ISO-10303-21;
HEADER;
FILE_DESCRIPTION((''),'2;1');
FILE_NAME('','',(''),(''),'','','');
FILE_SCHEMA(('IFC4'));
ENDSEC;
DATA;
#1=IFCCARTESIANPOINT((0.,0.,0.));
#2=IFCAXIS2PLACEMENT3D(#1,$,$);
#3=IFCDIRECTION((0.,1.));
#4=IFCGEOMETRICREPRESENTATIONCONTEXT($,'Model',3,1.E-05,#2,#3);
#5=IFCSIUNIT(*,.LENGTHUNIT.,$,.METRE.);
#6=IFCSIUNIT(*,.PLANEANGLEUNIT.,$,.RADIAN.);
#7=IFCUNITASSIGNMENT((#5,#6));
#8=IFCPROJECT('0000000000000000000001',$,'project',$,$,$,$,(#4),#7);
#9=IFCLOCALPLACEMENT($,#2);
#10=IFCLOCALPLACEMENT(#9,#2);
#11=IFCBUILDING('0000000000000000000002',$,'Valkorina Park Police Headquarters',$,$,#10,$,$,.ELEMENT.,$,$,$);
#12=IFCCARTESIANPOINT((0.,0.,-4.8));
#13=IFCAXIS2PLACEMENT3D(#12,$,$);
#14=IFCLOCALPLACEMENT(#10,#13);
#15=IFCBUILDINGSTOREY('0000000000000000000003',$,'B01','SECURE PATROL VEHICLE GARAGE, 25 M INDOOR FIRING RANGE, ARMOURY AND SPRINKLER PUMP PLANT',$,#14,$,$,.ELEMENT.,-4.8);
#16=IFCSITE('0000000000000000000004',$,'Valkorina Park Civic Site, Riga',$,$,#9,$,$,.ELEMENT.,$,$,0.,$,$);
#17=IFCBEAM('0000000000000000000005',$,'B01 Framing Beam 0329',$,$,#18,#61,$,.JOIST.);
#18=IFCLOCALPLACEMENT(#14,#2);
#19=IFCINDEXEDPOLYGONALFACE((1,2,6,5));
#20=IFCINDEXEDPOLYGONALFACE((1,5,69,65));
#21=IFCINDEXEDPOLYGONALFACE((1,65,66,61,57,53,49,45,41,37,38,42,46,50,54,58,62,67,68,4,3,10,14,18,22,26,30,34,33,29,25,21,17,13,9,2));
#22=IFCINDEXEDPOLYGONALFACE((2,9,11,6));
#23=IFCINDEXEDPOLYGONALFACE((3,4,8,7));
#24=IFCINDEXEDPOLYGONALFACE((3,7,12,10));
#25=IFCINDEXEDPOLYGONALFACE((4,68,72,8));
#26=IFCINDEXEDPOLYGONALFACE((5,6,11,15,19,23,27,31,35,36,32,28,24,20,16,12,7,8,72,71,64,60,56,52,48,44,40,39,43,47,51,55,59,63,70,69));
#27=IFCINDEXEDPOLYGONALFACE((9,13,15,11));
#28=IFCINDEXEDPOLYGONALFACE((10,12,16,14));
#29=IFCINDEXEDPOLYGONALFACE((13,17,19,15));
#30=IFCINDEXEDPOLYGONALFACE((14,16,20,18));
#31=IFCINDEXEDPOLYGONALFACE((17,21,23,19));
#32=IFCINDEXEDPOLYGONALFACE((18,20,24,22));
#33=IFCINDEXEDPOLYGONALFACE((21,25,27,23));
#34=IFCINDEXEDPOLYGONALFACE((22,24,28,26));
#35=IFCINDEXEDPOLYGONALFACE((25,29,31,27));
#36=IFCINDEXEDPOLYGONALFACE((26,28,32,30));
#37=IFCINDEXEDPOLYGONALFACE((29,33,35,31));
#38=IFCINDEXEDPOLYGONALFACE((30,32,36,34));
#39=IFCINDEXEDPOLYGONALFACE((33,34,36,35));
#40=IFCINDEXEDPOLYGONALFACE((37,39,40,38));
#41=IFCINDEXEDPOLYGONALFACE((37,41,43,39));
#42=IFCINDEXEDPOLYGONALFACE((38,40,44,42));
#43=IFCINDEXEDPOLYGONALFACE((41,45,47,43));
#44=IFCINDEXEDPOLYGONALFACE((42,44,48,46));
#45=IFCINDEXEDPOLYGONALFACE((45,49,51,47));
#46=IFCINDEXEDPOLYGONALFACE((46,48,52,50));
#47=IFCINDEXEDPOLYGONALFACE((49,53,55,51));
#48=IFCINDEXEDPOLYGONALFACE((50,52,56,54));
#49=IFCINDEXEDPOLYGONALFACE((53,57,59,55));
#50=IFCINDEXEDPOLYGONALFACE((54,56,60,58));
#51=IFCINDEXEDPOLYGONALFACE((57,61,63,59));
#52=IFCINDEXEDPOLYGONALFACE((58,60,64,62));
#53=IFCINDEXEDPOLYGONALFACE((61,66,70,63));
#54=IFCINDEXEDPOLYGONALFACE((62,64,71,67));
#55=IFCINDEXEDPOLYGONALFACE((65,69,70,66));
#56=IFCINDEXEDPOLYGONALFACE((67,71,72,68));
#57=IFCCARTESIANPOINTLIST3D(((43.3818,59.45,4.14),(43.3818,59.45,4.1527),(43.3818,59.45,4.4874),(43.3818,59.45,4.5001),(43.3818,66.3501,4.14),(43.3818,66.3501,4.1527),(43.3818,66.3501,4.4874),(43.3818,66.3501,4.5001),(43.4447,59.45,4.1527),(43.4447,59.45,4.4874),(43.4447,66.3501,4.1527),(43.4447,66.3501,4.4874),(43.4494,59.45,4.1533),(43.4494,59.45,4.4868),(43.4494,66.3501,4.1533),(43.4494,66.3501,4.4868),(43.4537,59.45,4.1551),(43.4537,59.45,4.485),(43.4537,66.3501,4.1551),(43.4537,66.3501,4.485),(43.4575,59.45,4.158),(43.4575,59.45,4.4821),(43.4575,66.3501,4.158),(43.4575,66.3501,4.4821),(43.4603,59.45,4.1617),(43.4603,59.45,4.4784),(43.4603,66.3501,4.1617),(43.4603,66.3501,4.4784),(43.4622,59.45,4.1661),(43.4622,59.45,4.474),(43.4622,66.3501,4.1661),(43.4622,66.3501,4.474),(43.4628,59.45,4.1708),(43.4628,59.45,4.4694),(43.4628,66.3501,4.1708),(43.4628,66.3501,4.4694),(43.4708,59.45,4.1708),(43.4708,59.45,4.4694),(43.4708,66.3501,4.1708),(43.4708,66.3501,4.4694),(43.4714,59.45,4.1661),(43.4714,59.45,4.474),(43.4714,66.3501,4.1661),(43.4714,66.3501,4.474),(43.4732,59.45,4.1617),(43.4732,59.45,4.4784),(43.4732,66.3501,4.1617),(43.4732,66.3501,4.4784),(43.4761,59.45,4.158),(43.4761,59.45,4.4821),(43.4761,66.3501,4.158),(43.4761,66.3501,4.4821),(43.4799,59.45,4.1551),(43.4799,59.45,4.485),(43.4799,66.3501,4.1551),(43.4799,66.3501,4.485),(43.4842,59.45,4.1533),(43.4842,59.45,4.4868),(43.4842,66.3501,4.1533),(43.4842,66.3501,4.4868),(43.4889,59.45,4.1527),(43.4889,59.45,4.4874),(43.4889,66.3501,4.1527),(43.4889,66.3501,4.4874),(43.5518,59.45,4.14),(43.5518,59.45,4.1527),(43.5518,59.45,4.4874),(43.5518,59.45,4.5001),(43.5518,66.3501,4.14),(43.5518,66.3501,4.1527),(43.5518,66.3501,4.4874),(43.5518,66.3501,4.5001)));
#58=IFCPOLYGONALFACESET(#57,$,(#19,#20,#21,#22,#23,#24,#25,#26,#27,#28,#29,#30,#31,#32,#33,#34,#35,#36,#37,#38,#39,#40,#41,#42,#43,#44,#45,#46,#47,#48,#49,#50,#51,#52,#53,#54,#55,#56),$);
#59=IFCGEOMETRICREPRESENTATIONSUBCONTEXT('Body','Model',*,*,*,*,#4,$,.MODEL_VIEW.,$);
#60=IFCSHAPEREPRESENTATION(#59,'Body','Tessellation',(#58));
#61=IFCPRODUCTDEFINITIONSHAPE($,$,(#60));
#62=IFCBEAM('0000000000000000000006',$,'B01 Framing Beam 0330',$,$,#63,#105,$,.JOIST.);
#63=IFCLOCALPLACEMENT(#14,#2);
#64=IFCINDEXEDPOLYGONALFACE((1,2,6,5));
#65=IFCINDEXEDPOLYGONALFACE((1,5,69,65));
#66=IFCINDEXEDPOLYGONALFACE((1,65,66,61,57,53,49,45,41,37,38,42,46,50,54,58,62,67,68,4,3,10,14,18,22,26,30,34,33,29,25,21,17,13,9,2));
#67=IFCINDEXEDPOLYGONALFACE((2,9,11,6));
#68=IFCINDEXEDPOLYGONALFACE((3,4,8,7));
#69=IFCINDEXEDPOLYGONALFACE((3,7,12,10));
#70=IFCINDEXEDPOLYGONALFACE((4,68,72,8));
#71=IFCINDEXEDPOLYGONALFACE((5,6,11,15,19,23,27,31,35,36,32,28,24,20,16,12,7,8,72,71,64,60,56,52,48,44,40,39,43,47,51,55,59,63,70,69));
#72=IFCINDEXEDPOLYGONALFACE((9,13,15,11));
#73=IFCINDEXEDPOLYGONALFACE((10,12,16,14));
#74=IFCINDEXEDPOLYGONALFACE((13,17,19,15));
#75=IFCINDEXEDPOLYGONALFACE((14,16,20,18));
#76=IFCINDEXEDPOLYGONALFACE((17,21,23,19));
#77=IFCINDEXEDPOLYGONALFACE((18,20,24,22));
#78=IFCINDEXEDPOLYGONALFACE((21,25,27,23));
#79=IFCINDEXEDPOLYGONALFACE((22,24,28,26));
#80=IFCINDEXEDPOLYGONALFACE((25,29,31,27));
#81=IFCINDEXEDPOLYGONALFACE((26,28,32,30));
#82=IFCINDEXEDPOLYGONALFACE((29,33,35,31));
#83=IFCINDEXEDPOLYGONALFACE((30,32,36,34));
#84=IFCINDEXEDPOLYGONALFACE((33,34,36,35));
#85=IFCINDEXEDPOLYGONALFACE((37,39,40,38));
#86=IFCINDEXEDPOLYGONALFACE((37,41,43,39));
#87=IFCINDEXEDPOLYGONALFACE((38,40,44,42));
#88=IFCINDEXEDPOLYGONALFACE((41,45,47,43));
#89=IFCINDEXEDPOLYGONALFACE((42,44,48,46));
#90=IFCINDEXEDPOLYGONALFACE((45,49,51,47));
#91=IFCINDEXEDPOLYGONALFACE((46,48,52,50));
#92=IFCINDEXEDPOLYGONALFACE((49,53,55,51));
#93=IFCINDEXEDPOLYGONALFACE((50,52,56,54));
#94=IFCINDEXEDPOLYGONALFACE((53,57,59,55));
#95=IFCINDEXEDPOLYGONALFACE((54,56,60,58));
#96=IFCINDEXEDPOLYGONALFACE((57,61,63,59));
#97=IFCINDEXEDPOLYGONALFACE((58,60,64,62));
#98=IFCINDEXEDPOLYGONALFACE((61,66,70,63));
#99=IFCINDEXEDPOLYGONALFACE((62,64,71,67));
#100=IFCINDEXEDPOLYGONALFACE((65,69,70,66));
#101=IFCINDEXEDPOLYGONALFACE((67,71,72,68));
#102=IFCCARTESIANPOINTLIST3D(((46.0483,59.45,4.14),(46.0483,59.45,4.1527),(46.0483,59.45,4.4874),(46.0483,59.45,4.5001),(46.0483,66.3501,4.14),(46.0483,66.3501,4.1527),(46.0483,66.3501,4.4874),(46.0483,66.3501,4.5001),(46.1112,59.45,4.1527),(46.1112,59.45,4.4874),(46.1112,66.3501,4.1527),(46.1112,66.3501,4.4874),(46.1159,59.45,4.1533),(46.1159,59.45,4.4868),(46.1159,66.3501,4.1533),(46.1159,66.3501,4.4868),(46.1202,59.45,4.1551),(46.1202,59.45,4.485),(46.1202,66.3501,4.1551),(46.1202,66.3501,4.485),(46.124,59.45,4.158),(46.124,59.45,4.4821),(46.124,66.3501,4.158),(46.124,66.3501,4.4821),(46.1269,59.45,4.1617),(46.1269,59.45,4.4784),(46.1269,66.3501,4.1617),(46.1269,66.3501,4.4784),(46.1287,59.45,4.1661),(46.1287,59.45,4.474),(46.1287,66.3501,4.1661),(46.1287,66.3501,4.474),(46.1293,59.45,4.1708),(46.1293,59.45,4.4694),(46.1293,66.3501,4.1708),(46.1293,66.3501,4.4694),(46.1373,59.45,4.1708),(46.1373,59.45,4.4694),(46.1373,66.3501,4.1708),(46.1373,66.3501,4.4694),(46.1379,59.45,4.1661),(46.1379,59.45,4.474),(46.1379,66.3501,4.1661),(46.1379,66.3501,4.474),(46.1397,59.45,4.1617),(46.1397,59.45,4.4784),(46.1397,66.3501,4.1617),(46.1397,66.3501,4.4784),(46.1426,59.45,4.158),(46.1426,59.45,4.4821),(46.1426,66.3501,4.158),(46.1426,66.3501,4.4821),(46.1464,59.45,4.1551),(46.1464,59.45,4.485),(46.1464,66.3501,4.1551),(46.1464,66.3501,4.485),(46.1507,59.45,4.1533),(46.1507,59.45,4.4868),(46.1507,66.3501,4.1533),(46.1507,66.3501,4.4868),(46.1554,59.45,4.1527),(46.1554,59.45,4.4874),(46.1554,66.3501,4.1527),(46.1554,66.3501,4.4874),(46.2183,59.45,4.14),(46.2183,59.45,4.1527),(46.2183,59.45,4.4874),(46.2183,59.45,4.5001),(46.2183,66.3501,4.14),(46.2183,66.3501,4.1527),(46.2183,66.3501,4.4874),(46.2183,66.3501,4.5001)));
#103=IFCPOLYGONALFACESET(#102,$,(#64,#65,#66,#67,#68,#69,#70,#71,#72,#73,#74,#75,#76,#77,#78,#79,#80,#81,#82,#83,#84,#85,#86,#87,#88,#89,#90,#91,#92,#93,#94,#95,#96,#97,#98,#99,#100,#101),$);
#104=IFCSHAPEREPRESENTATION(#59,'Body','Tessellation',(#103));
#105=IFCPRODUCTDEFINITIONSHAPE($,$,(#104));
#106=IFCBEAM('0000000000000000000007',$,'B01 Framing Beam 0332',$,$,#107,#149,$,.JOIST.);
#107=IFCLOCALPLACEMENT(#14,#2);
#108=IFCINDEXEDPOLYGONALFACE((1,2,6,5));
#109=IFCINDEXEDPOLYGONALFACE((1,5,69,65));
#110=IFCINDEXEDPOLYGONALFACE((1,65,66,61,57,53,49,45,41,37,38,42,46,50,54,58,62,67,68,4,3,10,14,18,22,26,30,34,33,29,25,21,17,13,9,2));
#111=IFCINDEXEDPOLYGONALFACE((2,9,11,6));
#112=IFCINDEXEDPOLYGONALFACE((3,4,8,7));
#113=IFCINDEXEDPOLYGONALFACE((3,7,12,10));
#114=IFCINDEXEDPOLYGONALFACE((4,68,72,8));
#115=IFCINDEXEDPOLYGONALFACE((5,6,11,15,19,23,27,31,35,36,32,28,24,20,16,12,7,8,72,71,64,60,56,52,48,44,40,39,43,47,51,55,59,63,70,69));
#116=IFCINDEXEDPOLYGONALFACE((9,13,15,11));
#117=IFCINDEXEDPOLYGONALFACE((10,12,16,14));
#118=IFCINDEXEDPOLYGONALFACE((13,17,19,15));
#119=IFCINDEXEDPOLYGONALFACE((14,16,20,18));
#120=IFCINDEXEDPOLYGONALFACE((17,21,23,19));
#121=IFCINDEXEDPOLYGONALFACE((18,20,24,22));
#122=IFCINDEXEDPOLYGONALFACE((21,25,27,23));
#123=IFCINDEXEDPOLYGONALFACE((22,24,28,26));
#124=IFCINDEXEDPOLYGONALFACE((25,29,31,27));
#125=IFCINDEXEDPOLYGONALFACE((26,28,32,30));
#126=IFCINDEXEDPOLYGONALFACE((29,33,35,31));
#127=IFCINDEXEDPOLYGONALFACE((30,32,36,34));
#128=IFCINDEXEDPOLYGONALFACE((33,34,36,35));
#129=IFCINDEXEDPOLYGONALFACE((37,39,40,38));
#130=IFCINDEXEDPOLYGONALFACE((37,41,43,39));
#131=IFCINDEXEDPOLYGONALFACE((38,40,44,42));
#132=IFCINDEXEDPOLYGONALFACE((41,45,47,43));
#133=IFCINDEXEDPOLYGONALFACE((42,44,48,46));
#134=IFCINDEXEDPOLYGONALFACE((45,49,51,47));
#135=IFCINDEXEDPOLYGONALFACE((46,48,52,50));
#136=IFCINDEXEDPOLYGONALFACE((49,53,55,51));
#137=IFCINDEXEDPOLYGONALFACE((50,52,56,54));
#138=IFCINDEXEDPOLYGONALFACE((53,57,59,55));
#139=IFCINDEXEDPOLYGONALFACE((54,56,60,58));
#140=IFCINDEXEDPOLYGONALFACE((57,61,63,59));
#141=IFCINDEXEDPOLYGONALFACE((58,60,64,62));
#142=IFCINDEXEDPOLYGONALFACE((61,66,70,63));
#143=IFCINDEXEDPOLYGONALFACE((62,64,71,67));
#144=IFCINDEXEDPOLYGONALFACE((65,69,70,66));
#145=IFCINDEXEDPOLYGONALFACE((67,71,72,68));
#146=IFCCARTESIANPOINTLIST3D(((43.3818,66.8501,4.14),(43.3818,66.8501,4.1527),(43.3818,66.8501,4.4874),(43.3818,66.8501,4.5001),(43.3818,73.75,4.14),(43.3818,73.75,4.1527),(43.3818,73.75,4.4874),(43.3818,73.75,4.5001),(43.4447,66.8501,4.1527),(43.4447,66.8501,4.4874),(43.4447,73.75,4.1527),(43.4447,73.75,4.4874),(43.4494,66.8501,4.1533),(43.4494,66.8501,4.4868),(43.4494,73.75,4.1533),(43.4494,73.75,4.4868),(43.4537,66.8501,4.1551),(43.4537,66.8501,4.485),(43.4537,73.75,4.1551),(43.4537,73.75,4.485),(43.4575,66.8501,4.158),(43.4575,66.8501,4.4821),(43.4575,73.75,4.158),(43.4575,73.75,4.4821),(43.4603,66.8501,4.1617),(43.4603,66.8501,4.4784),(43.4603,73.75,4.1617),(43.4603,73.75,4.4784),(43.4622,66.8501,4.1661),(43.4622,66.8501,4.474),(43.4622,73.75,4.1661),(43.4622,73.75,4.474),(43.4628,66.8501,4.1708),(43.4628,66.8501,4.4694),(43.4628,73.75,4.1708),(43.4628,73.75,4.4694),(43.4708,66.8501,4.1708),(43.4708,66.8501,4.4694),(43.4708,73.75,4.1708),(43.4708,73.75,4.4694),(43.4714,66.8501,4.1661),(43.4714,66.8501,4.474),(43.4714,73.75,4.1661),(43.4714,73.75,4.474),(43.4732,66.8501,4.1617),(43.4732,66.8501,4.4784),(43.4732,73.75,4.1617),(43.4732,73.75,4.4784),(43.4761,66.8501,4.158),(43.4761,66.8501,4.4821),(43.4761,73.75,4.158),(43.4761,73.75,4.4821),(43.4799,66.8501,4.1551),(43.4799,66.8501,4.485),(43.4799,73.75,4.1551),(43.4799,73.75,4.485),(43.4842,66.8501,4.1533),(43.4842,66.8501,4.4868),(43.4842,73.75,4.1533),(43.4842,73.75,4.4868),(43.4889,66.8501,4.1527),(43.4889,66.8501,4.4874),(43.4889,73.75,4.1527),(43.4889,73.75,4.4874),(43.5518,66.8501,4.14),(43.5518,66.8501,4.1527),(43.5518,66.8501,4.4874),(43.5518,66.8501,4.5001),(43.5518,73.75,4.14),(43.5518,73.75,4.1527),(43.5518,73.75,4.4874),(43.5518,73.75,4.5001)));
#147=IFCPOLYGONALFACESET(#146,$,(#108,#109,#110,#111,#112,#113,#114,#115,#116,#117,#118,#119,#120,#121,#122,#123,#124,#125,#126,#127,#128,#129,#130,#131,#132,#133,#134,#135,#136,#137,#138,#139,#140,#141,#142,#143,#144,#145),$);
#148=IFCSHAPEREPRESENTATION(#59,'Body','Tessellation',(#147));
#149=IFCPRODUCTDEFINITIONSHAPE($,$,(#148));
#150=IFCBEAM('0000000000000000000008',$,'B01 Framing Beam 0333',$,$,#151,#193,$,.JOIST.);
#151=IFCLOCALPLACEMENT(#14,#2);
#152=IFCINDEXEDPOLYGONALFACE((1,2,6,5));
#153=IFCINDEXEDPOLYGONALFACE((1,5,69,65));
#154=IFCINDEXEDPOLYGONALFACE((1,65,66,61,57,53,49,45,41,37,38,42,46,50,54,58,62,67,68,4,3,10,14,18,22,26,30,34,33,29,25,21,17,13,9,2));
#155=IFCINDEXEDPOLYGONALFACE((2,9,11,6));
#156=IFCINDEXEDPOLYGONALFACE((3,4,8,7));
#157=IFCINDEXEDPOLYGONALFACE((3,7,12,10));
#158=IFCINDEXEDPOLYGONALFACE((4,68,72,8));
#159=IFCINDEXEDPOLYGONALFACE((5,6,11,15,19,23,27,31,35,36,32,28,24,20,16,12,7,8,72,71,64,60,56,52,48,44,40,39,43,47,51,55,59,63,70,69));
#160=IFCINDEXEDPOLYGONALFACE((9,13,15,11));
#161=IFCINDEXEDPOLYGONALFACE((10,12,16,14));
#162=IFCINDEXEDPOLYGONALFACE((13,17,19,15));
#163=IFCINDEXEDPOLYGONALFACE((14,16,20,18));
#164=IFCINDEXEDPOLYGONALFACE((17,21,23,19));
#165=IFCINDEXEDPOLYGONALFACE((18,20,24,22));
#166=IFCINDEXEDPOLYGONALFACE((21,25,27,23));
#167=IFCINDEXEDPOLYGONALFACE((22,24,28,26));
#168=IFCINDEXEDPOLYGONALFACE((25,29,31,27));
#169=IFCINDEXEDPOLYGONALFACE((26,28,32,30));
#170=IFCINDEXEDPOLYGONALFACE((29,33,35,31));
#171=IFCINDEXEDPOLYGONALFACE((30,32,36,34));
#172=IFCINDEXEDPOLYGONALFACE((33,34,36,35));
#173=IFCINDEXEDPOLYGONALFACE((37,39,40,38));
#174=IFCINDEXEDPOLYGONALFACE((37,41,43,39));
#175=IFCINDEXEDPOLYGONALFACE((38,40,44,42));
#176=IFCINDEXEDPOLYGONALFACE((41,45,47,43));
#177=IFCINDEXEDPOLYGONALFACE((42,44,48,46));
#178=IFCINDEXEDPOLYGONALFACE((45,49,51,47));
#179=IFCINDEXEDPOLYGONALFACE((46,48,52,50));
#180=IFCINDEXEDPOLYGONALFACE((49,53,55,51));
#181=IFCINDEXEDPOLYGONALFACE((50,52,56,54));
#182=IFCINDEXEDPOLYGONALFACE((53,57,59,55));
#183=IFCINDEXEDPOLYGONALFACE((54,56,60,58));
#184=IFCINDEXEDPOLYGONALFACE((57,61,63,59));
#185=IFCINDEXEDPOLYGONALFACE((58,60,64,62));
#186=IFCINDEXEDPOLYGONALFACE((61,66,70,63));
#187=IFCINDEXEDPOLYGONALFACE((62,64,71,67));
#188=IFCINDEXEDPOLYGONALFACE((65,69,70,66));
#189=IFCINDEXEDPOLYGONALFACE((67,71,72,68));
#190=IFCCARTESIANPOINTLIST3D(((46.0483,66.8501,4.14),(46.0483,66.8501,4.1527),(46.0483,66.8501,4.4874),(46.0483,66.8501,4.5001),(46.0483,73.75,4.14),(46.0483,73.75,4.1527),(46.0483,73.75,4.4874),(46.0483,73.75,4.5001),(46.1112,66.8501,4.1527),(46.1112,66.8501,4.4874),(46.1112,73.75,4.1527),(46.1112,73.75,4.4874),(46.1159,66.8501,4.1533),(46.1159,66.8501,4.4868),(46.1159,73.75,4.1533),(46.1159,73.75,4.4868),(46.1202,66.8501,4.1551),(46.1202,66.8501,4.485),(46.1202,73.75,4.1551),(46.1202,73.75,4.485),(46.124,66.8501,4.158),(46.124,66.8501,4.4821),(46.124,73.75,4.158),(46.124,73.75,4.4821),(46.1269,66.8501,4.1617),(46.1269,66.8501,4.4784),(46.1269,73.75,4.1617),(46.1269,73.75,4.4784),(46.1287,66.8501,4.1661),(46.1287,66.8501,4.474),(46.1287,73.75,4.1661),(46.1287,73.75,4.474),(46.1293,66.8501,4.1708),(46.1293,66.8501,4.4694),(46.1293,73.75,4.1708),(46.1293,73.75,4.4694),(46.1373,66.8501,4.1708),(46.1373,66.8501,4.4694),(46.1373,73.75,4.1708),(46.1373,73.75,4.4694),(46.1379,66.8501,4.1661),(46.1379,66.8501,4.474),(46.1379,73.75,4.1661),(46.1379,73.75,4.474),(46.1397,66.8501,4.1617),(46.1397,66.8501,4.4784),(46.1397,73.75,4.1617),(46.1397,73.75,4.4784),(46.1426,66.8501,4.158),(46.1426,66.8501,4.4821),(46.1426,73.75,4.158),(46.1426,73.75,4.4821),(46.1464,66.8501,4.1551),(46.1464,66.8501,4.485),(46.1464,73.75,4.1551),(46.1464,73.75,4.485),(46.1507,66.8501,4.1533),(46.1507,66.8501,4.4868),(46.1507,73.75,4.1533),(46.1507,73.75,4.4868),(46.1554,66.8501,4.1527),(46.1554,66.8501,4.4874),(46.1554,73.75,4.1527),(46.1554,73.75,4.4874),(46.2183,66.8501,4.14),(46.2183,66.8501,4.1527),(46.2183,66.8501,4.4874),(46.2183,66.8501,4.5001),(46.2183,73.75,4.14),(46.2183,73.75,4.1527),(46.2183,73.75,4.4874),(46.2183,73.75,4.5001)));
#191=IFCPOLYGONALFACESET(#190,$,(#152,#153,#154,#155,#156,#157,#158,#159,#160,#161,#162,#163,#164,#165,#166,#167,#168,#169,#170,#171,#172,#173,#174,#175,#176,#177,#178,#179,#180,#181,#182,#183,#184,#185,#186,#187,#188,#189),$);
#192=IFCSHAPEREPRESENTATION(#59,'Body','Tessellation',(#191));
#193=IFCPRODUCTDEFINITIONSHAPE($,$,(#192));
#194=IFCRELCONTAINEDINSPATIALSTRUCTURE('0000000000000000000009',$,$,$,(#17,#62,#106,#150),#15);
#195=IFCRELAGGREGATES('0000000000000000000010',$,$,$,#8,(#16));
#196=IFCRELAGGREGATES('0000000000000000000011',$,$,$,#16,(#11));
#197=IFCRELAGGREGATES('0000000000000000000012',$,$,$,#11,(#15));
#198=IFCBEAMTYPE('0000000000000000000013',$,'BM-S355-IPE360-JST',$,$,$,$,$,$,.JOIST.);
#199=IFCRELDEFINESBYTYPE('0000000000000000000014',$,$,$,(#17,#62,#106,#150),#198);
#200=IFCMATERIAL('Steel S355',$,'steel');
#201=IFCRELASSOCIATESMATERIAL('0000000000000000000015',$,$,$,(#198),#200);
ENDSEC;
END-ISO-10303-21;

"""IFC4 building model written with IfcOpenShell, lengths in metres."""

from ifc_helpers import new_model, si_unit, direction, frame, origin, origin_2d, place, context, subcontext, project, spatial, i_section, extrude, material, material_profile, profile_set, type_object, element, save


model = new_model("IFC4")

# Units and contexts
model_context = context("Model", 3, precision=1e-05, world=origin(), true_north=direction((0.0, 1.0)))
body_context = subcontext(model_context, "Body", "Model", "MODEL_VIEW")
ifc_project = project(units=[si_unit("LENGTHUNIT", "METRE"), si_unit("PLANEANGLEUNIT", "RADIAN")], contexts=[model_context])

# Site, building, storey
site_placement = place(None, origin())
site = spatial("IfcSite", under=ifc_project, at=site_placement, Name="Valkorina Park Civic Site, Riga", CompositionType="ELEMENT", RefElevation=0.0)
building_placement = place(site_placement, origin())
building = spatial("IfcBuilding", under=site, at=building_placement, Name="Valkorina Park Police Headquarters", CompositionType="ELEMENT")
storey_placement = place(building_placement, frame((0.0, 0.0, -4.8)))
storey = spatial("IfcBuildingStorey", under=building, at=storey_placement, Name="B01", Description="SECURE PATROL VEHICLE GARAGE, 25 M INDOOR FIRING RANGE, ARMOURY AND SPRINKLER PUMP PLANT", CompositionType="ELEMENT", Elevation=-4.8)

# Beams
ifc_material_1 = material(Name="Steel S355", Category="steel")
ifc_material_profile_1 = material_profile(ifc_material_1, i_section(OverallWidth=0.1699, OverallDepth=0.3601, WebThickness=0.0081, FlangeThickness=0.0127, FilletRadius=0.0181, at=origin_2d()), Name="IPE 360")
ifc_profile_set_1 = profile_set([ifc_material_profile_1], Name="Steel S355")
beam_type_1 = type_object("IfcBeamType", Name="BM-S355-IPE360-JST", PredefinedType="JOIST", material=ifc_profile_set_1)
for number, where, z_axis, x_axis, name in (
    (1, (43.4668, 59.45, 4.3201), (0.0, 1.0, 0.0), (-1.0, 0.0, 0.0), "B01 Framing Beam 0329"),
    (2, (46.1333, 59.45, 4.3201), (0.0, 1.0, 0.0), (-1.0, 0.0, 0.0), "B01 Framing Beam 0330"),
):
    element("IfcBeam", number, at=place(storey_placement, frame(where, z_axis=z_axis, x_axis=x_axis)), inside=storey, type_object=beam_type_1, Name=name, PredefinedType="JOIST", context=body_context, shape_type="SweptSolid", body=[
        extrude(i_section(OverallWidth=0.1699, OverallDepth=0.3601, WebThickness=0.0081, FlangeThickness=0.0127, FilletRadius=0.0181, at=origin_2d()), origin(), (0.0, 0.0, 1.0), 6.9001),
    ])
for number, where, z_axis, x_axis, name in (
    (3, (43.4668, 66.8501, 4.3201), (0.0, 1.0, 0.0), (-1.0, 0.0, 0.0), "B01 Framing Beam 0332"),
    (4, (46.1333, 66.8501, 4.3201), (0.0, 1.0, 0.0), (-1.0, 0.0, 0.0), "B01 Framing Beam 0333"),
):
    element("IfcBeam", number, at=place(storey_placement, frame(where, z_axis=z_axis, x_axis=x_axis)), inside=storey, type_object=beam_type_1, Name=name, PredefinedType="JOIST", context=body_context, shape_type="SweptSolid", body=[
        extrude(i_section(OverallWidth=0.1699, OverallDepth=0.3601, WebThickness=0.0081, FlangeThickness=0.0127, FilletRadius=0.0181, at=origin_2d()), origin(), (0.0, 0.0, 1.0), 6.8999),
    ])

save(model, "model.ifc")
